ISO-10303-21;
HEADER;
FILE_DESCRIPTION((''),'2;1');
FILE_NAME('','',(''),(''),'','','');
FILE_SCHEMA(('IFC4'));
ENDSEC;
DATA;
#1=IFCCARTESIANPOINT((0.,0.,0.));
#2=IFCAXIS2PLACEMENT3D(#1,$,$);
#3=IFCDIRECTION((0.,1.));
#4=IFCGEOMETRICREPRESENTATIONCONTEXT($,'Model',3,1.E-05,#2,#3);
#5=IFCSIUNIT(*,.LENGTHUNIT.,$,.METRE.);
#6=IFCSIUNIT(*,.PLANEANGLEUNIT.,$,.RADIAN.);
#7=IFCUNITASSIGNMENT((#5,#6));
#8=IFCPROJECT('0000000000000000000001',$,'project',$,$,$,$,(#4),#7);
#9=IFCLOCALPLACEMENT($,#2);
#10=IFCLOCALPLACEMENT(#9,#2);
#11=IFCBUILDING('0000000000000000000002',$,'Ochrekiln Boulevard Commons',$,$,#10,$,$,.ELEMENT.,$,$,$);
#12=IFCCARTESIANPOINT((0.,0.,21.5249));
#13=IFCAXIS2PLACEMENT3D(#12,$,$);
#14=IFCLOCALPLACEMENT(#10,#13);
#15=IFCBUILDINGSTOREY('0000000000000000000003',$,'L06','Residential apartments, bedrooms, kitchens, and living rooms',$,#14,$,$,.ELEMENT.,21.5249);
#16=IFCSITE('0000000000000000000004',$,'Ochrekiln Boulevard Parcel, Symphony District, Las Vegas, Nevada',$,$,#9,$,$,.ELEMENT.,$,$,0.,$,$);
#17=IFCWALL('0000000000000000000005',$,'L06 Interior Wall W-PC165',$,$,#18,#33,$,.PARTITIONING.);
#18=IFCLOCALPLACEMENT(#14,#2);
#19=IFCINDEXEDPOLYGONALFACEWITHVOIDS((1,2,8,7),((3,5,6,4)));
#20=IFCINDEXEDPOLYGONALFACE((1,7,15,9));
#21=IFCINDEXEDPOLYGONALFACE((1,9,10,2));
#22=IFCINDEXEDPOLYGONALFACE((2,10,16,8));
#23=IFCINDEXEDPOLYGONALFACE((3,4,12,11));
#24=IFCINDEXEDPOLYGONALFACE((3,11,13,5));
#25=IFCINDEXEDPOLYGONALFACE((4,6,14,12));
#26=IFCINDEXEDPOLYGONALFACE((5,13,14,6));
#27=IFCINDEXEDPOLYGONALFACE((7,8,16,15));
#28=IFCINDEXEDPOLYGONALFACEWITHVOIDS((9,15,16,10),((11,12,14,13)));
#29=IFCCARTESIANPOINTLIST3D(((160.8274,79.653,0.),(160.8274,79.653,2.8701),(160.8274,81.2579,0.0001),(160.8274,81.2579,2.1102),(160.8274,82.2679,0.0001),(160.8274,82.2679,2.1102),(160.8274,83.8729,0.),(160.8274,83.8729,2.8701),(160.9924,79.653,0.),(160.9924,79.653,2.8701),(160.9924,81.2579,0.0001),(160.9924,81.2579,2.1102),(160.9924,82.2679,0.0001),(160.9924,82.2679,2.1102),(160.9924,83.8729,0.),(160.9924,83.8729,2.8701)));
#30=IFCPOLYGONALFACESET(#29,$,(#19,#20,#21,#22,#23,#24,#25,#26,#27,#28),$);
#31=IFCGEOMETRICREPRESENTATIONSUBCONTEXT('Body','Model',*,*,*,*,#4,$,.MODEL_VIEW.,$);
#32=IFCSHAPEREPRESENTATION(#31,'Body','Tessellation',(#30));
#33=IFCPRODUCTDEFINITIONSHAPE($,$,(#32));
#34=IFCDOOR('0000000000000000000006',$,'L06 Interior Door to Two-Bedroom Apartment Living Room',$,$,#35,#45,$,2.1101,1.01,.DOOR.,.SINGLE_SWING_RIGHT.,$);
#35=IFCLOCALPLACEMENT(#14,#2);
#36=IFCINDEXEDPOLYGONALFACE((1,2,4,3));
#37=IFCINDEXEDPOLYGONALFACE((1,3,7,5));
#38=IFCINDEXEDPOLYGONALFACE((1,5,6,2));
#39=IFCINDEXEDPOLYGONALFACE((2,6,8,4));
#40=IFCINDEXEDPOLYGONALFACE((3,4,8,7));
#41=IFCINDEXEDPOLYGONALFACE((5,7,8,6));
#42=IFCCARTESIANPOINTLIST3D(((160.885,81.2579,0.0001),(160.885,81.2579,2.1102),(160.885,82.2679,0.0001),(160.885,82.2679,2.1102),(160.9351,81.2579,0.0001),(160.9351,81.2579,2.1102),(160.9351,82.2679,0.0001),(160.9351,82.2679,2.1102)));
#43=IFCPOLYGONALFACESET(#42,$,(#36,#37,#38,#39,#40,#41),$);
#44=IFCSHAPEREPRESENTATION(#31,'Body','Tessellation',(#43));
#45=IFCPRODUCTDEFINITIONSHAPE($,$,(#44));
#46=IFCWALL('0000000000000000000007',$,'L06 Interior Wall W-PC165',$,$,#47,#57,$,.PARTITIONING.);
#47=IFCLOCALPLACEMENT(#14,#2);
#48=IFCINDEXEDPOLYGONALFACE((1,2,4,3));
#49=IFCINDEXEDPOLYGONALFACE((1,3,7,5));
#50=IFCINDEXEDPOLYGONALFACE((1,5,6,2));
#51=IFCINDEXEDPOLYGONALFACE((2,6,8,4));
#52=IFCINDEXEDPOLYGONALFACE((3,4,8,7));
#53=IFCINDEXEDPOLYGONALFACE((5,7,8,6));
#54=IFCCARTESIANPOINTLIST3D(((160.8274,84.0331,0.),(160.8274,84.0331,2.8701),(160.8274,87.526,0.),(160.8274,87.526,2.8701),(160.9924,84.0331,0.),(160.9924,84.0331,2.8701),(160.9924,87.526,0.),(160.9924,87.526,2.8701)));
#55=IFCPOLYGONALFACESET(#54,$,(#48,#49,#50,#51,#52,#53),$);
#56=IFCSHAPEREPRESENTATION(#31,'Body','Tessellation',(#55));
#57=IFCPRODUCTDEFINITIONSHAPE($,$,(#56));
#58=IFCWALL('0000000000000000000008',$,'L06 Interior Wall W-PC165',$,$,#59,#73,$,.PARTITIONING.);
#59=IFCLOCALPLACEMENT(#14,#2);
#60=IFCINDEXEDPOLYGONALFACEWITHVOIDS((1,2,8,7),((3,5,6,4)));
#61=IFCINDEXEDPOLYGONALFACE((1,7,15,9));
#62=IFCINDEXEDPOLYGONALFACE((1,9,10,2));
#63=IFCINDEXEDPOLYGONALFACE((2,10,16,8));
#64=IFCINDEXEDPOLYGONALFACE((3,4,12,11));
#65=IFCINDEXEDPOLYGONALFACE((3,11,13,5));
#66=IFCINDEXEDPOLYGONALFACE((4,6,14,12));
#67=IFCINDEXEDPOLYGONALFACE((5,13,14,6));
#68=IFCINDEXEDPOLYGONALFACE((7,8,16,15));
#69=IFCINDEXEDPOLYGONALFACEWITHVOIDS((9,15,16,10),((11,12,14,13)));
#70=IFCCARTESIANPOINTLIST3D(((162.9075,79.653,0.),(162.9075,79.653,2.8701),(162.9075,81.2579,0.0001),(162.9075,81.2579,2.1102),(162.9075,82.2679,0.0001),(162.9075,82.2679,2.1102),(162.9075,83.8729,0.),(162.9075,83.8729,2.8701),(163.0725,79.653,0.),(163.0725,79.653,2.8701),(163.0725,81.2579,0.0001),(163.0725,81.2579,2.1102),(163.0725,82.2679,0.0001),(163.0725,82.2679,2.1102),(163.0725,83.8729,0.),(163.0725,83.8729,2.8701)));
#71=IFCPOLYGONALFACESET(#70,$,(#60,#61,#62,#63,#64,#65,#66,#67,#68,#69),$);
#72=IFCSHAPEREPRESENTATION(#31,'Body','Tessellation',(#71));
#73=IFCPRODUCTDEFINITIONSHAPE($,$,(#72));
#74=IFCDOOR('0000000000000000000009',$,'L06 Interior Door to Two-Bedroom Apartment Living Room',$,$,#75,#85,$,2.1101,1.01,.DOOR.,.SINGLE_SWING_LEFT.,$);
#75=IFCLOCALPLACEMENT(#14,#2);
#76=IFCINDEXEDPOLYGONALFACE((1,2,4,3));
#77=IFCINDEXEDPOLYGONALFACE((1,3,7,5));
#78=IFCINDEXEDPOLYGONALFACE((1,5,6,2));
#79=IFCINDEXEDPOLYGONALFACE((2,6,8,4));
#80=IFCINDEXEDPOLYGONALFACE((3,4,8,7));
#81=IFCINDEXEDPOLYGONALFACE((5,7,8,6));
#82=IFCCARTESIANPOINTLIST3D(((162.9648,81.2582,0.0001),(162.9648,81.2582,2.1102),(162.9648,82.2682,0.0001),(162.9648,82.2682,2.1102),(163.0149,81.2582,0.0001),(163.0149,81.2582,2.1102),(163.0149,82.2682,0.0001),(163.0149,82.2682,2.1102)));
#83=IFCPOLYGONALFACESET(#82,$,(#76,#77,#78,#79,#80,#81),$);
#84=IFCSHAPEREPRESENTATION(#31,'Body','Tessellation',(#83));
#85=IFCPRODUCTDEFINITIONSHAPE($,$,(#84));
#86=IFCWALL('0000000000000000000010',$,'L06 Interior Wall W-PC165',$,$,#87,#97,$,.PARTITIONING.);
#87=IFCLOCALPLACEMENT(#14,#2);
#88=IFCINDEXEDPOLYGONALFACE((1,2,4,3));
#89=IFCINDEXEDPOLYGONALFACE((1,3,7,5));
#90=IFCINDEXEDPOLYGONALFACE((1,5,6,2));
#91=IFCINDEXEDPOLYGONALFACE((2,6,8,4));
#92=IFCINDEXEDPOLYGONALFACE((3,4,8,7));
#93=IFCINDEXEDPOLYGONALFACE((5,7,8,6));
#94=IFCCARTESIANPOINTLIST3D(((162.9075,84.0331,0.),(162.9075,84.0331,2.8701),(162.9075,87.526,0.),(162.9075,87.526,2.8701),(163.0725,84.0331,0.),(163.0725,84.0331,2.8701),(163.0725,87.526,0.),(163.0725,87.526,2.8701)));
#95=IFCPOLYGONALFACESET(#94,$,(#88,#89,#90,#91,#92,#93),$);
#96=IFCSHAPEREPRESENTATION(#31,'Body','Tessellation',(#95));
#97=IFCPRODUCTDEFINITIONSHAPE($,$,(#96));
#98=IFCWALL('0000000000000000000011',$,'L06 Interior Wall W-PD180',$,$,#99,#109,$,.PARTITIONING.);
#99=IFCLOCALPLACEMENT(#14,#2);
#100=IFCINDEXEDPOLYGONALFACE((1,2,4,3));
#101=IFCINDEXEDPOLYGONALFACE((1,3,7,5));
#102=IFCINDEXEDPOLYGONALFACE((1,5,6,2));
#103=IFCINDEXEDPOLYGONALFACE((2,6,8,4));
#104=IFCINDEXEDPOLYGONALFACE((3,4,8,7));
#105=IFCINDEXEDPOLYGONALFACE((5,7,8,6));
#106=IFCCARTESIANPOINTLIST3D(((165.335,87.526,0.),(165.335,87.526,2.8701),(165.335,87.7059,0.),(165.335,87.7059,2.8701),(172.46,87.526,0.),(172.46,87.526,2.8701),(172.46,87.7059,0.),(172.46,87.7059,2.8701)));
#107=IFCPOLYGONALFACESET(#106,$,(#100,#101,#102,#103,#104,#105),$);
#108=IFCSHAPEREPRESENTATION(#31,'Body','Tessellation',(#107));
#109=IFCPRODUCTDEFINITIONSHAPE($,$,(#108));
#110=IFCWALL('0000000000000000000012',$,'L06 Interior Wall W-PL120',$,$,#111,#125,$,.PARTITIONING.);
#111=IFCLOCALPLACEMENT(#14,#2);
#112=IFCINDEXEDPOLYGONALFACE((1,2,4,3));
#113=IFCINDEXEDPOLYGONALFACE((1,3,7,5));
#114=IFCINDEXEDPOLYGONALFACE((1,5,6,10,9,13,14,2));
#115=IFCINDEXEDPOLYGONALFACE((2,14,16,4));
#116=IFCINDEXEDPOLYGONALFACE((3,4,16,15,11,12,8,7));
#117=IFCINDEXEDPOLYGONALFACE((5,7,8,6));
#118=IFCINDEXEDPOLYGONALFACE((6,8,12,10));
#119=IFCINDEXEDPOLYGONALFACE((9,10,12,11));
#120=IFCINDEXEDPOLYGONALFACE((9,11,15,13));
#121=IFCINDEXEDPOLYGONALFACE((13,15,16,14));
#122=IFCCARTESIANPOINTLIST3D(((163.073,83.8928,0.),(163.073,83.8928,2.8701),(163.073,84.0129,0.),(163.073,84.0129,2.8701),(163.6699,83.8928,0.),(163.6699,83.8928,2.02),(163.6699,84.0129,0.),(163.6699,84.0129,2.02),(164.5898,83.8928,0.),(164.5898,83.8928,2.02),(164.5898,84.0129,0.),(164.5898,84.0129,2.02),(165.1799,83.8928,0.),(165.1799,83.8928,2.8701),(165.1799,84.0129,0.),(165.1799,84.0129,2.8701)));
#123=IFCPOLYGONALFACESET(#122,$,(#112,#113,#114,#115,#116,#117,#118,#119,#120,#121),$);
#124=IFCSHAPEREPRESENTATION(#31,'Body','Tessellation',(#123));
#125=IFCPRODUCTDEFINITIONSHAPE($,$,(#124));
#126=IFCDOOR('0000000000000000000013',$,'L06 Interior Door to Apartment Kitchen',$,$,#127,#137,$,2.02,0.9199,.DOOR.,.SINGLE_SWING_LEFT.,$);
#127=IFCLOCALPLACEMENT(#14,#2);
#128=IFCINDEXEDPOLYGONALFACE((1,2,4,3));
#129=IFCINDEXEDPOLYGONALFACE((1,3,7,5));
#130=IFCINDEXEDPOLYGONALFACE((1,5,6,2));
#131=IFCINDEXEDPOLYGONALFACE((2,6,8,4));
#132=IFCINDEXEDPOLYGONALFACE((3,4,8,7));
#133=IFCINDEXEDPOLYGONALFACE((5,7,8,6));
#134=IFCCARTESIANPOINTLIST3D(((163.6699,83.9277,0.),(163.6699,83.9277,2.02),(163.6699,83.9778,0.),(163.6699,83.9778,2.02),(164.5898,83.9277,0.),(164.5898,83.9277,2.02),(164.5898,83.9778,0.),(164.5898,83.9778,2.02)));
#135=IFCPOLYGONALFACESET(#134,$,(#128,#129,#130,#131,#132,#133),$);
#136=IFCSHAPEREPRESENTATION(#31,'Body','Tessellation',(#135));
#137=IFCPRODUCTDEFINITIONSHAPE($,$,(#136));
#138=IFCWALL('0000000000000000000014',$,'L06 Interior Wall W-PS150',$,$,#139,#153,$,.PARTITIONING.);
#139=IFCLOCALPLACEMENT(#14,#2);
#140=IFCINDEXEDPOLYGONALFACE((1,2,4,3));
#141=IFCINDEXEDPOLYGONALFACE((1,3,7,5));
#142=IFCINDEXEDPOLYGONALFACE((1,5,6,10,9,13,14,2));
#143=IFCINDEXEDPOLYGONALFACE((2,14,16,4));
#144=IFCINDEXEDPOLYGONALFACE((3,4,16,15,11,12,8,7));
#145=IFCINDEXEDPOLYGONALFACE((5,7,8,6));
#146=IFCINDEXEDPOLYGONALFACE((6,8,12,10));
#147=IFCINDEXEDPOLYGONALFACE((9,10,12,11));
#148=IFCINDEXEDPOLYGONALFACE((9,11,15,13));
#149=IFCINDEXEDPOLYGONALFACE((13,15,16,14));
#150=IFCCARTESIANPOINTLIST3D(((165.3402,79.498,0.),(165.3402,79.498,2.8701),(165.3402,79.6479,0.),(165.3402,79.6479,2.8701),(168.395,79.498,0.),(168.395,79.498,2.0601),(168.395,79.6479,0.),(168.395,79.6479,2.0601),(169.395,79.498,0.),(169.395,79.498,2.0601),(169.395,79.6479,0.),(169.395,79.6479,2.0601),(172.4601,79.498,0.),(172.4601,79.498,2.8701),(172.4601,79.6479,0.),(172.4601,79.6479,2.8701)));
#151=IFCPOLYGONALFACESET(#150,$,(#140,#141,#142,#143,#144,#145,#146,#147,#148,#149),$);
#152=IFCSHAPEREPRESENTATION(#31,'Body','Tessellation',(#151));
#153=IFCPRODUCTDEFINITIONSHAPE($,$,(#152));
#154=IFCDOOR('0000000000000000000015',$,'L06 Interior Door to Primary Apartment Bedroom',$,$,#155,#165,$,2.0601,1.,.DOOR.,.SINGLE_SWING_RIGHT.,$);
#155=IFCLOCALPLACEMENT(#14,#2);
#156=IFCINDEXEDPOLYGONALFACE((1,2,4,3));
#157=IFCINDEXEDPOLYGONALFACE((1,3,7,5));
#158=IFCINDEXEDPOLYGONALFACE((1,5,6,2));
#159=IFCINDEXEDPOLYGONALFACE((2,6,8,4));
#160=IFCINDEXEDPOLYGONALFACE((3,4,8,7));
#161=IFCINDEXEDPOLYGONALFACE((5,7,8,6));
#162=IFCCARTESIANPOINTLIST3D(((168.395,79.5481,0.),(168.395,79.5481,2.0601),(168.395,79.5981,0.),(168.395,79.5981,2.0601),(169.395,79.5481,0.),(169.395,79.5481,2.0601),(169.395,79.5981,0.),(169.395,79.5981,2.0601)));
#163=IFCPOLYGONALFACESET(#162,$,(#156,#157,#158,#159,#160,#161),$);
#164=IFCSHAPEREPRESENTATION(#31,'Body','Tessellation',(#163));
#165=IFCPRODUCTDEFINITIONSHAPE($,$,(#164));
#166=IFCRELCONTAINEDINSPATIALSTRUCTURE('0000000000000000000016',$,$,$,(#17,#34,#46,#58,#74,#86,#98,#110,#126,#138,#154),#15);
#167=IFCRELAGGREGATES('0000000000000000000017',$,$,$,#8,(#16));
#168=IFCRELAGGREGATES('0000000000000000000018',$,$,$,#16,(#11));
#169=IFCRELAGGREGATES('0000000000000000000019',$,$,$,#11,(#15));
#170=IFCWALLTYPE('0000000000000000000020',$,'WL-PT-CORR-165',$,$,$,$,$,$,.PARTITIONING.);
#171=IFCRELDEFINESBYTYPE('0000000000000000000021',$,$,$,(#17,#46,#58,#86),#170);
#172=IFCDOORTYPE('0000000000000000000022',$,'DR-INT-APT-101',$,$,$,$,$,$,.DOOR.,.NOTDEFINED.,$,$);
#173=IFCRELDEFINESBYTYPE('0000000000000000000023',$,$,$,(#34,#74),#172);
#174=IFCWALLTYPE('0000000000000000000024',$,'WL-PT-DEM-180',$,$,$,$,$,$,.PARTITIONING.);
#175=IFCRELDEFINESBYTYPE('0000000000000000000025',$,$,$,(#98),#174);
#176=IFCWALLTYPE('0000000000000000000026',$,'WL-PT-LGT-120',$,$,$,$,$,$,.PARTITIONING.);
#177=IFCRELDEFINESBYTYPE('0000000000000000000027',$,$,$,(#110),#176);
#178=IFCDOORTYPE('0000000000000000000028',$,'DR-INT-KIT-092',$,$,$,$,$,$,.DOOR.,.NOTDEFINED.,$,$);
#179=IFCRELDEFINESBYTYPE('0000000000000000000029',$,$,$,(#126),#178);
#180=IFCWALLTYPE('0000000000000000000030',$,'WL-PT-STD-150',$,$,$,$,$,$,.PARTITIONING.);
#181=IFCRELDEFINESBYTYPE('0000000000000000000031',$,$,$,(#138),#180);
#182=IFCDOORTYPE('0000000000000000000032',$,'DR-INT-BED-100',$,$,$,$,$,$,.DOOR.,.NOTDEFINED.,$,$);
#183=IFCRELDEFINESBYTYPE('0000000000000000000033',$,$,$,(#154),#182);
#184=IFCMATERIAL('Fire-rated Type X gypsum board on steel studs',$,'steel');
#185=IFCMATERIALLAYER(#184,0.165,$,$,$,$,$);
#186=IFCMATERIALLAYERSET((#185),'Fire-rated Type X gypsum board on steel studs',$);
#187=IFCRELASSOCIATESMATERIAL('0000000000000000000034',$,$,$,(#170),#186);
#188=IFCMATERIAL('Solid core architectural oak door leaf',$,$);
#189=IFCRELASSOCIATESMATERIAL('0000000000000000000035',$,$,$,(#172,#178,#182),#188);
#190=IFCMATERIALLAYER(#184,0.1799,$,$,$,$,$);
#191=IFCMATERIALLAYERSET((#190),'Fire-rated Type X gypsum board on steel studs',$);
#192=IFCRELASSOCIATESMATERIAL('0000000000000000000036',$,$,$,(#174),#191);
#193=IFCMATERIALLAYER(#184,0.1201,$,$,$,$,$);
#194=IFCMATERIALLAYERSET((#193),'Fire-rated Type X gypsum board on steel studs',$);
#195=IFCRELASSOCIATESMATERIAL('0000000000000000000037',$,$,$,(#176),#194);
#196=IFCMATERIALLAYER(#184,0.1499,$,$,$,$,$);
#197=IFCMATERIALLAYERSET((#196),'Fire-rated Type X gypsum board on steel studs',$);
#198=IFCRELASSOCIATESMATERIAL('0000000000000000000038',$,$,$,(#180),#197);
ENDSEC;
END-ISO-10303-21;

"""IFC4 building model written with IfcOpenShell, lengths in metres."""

from ifc_helpers import new_model, si_unit, direction, frame, frame_2d, origin, place, context, subcontext, project, spatial, rectangle, extrude, material, layer, layer_set, type_object, element, fill, save


model = new_model("IFC4")

# Units and contexts
model_context = context("Model", 3, precision=1e-05, world=origin(), true_north=direction((0.0, 1.0)))
body_context = subcontext(model_context, "Body", "Model", "MODEL_VIEW")
ifc_project = project(units=[si_unit("LENGTHUNIT", "METRE"), si_unit("PLANEANGLEUNIT", "RADIAN")], contexts=[model_context])

# Site, building, storey
site_placement = place(None, origin())
site = spatial("IfcSite", under=ifc_project, at=site_placement, Name="Ochrekiln Boulevard Parcel, Symphony District, Las Vegas, Nevada", CompositionType="ELEMENT", RefElevation=0.0)
building_placement = place(site_placement, origin())
building = spatial("IfcBuilding", under=site, at=building_placement, Name="Ochrekiln Boulevard Commons", CompositionType="ELEMENT")
storey_placement = place(building_placement, frame((0.0, 0.0, 21.5249)))
storey = spatial("IfcBuildingStorey", under=building, at=storey_placement, Name="L06", Description="Residential apartments, bedrooms, kitchens, and living rooms", CompositionType="ELEMENT", Elevation=21.5249)

# Shared definitions
ifc_material_1 = material(Name="Solid core architectural oak door leaf")

# Wall, opening, door
ifc_material_2 = material(Name="Fire-rated Type X gypsum board on steel studs", Category="steel")
ifc_layer_1 = layer(ifc_material_2, 0.165)
ifc_layer_set_1 = layer_set([ifc_layer_1], Name="Fire-rated Type X gypsum board on steel studs")
wall_type_1 = type_object("IfcWallType", Name="WL-PT-CORR-165", PredefinedType="PARTITIONING", material=ifc_layer_set_1)
wall_1_placement = place(storey_placement, frame((160.9099, 79.6531, 0.0), z_axis=(0.0, 0.0, 1.0), x_axis=(0.0, 1.0, 0.0)))
wall_1 = element("IfcWall", 1, at=wall_1_placement, inside=storey, type_object=wall_type_1, Name="L06 Interior Wall W-PC165", PredefinedType="PARTITIONING", context=body_context, shape_type="SweptSolid", body=[
    extrude(rectangle(XDim=4.22, YDim=0.165, at=frame_2d((2.1099, 0.0))), origin(), (0.0, 0.0, 1.0), 2.8701),
])
opening_1_placement = place(wall_1_placement, frame((1.605, 0.0, 0.0)))
opening_1 = element("IfcOpeningElement", 2, at=opening_1_placement, cuts=wall_1, PredefinedType="OPENING", context=body_context, shape_type="SweptSolid", body=[
    extrude(rectangle(XDim=1.01, YDim=2.1101, at=frame_2d((0.5049, 1.0552))), frame((0.0, 0.0925, 0.0), z_axis=(0.0, -1.0, 0.0), x_axis=(1.0, 0.0, 0.0)), (0.0, 0.0, 1.0), 0.1851),
])
door_type_1 = type_object("IfcDoorType", Name="DR-INT-APT-101", OperationType="NOTDEFINED", PredefinedType="DOOR", material=ifc_material_1)
door_1_placement = place(opening_1_placement, origin())
door_1 = element("IfcDoor", 3, at=door_1_placement, inside=storey, type_object=door_type_1, Name="L06 Interior Door to Two-Bedroom Apartment Living Room", OperationType="SINGLE_SWING_RIGHT", OverallHeight=2.1101, OverallWidth=1.01, PredefinedType="DOOR", context=body_context, shape_type="SweptSolid", body=[
    extrude(rectangle(XDim=1.01, YDim=2.1101, at=frame_2d((0.5049, 1.0552))), frame((0.0, 0.0249, 0.0), z_axis=(0.0, -1.0, 0.0), x_axis=(1.0, 0.0, 0.0)), (0.0, 0.0, 1.0), 0.05),
])
fill(opening_1, door_1)

# Wall
wall_2_placement = place(storey_placement, frame((160.9099, 84.033, 0.0), z_axis=(0.0, 0.0, 1.0), x_axis=(0.0, 1.0, 0.0)))
element("IfcWall", 4, at=wall_2_placement, inside=storey, type_object=wall_type_1, Name="L06 Interior Wall W-PC165", PredefinedType="PARTITIONING", context=body_context, shape_type="SweptSolid", body=[
    extrude(rectangle(XDim=3.4929, YDim=0.165, at=frame_2d((1.7466, 0.0))), origin(), (0.0, 0.0, 1.0), 2.8701),
])

# Wall, opening, door
wall_3_placement = place(storey_placement, frame((162.99, 79.6531, 0.0), z_axis=(0.0, 0.0, 1.0), x_axis=(0.0, 1.0, 0.0)))
wall_3 = element("IfcWall", 5, at=wall_3_placement, inside=storey, type_object=wall_type_1, Name="L06 Interior Wall W-PC165", PredefinedType="PARTITIONING", context=body_context, shape_type="SweptSolid", body=[
    extrude(rectangle(XDim=4.22, YDim=0.165, at=frame_2d((2.1099, 0.0))), origin(), (0.0, 0.0, 1.0), 2.8701),
])
opening_2_placement = place(wall_3_placement, frame((1.605, 0.0, 0.0)))
opening_2 = element("IfcOpeningElement", 6, at=opening_2_placement, cuts=wall_3, PredefinedType="OPENING", context=body_context, shape_type="SweptSolid", body=[
    extrude(rectangle(XDim=1.01, YDim=2.1101, at=frame_2d((0.5049, 1.0552))), frame((0.0, 0.0925, 0.0), z_axis=(0.0, -1.0, 0.0), x_axis=(1.0, 0.0, 0.0)), (0.0, 0.0, 1.0), 0.1851),
])
door_2_placement = place(opening_2_placement, frame((1.01, 0.0, 0.0), z_axis=(0.0, 0.0, 1.0), x_axis=(-1.0, 0.0, 0.0)))
door_2 = element("IfcDoor", 7, at=door_2_placement, inside=storey, type_object=door_type_1, Name="L06 Interior Door to Two-Bedroom Apartment Living Room", OperationType="SINGLE_SWING_LEFT", OverallHeight=2.1101, OverallWidth=1.01, PredefinedType="DOOR", context=body_context, shape_type="SweptSolid", body=[
    extrude(rectangle(XDim=1.01, YDim=2.1101, at=frame_2d((0.5049, 1.0552))), frame((0.0, 0.0249, 0.0), z_axis=(0.0, -1.0, 0.0), x_axis=(1.0, 0.0, 0.0)), (0.0, 0.0, 1.0), 0.05),
])
fill(opening_2, door_2)

# Walls
wall_4_placement = place(storey_placement, frame((162.99, 84.033, 0.0), z_axis=(0.0, 0.0, 1.0), x_axis=(0.0, 1.0, 0.0)))
element("IfcWall", 8, at=wall_4_placement, inside=storey, type_object=wall_type_1, Name="L06 Interior Wall W-PC165", PredefinedType="PARTITIONING", context=body_context, shape_type="SweptSolid", body=[
    extrude(rectangle(XDim=3.4929, YDim=0.165, at=frame_2d((1.7466, 0.0))), origin(), (0.0, 0.0, 1.0), 2.8701),
])
ifc_layer_2 = layer(ifc_material_2, 0.1799)
ifc_layer_set_2 = layer_set([ifc_layer_2], Name="Fire-rated Type X gypsum board on steel studs")
wall_type_2 = type_object("IfcWallType", Name="WL-PT-DEM-180", PredefinedType="PARTITIONING", material=ifc_layer_set_2)
wall_5_placement = place(storey_placement, frame((165.335, 87.616, 0.0), z_axis=(0.0, 0.0, 1.0), x_axis=(1.0, 0.0, 0.0)))
element("IfcWall", 9, at=wall_5_placement, inside=storey, type_object=wall_type_2, Name="L06 Interior Wall W-PD180", PredefinedType="PARTITIONING", context=body_context, shape_type="SweptSolid", body=[
    extrude(rectangle(XDim=7.125, YDim=0.1799, at=frame_2d((3.5625, 0.0))), origin(), (0.0, 0.0, 1.0), 2.8701),
])

# Walls, openings, doors
ifc_layer_3 = layer(ifc_material_2, 0.1201)
ifc_layer_set_3 = layer_set([ifc_layer_3], Name="Fire-rated Type X gypsum board on steel studs")
wall_type_3 = type_object("IfcWallType", Name="WL-PT-LGT-120", PredefinedType="PARTITIONING", material=ifc_layer_set_3)
wall_6_placement = place(storey_placement, frame((163.073, 83.9529, 0.0), z_axis=(0.0, 0.0, 1.0), x_axis=(1.0, 0.0, 0.0)))
wall_6 = element("IfcWall", 10, at=wall_6_placement, inside=storey, type_object=wall_type_3, Name="L06 Interior Wall W-PL120", PredefinedType="PARTITIONING", context=body_context, shape_type="SweptSolid", body=[
    extrude(rectangle(XDim=2.1069, YDim=0.1201, at=frame_2d((1.0535, 0.0))), origin(), (0.0, 0.0, 1.0), 2.8701),
])
opening_3_placement = place(wall_6_placement, frame((0.5969, 0.0, 0.0)))
opening_3 = element("IfcOpeningElement", 11, at=opening_3_placement, cuts=wall_6, PredefinedType="OPENING", context=body_context, shape_type="SweptSolid", body=[
    extrude(rectangle(XDim=0.9199, YDim=2.02, at=frame_2d((0.46, 1.01))), frame((0.0, 0.0701, 0.0), z_axis=(0.0, -1.0, 0.0), x_axis=(1.0, 0.0, 0.0)), (0.0, 0.0, 1.0), 0.1401),
])
door_type_2 = type_object("IfcDoorType", Name="DR-INT-KIT-092", OperationType="NOTDEFINED", PredefinedType="DOOR", material=ifc_material_1)
door_3_placement = place(opening_3_placement, origin())
door_3 = element("IfcDoor", 12, at=door_3_placement, inside=storey, type_object=door_type_2, Name="L06 Interior Door to Apartment Kitchen", OperationType="SINGLE_SWING_LEFT", OverallHeight=2.02, OverallWidth=0.9199, PredefinedType="DOOR", context=body_context, shape_type="SweptSolid", body=[
    extrude(rectangle(XDim=0.9199, YDim=2.02, at=frame_2d((0.46, 1.01))), frame((0.0, 0.0249, 0.0), z_axis=(0.0, -1.0, 0.0), x_axis=(1.0, 0.0, 0.0)), (0.0, 0.0, 1.0), 0.05),
])
fill(opening_3, door_3)
ifc_layer_4 = layer(ifc_material_2, 0.1499)
ifc_layer_set_4 = layer_set([ifc_layer_4], Name="Fire-rated Type X gypsum board on steel studs")
wall_type_4 = type_object("IfcWallType", Name="WL-PT-STD-150", PredefinedType="PARTITIONING", material=ifc_layer_set_4)
wall_7_placement = place(storey_placement, frame((165.3401, 79.573, 0.0), z_axis=(0.0, 0.0, 1.0), x_axis=(1.0, 0.0, 0.0)))
wall_7 = element("IfcWall", 13, at=wall_7_placement, inside=storey, type_object=wall_type_4, Name="L06 Interior Wall W-PS150", PredefinedType="PARTITIONING", context=body_context, shape_type="SweptSolid", body=[
    extrude(rectangle(XDim=7.1199, YDim=0.1499, at=frame_2d((3.5601, 0.0))), origin(), (0.0, 0.0, 1.0), 2.8701),
])
opening_4_placement = place(wall_7_placement, frame((3.0549, 0.0, 0.0)))
opening_4 = element("IfcOpeningElement", 14, at=opening_4_placement, cuts=wall_7, PredefinedType="OPENING", context=body_context, shape_type="SweptSolid", body=[
    extrude(rectangle(XDim=1.0, YDim=2.0601, at=frame_2d((0.5, 1.03))), frame((0.0, 0.085, 0.0), z_axis=(0.0, -1.0, 0.0), x_axis=(1.0, 0.0, 0.0)), (0.0, 0.0, 1.0), 0.1699),
])
door_type_3 = type_object("IfcDoorType", Name="DR-INT-BED-100", OperationType="NOTDEFINED", PredefinedType="DOOR", material=ifc_material_1)
door_4_placement = place(opening_4_placement, frame((1.0, 0.0, 0.0), z_axis=(0.0, 0.0, 1.0), x_axis=(-1.0, 0.0, 0.0)))
door_4 = element("IfcDoor", 15, at=door_4_placement, inside=storey, type_object=door_type_3, Name="L06 Interior Door to Primary Apartment Bedroom", OperationType="SINGLE_SWING_RIGHT", OverallHeight=2.0601, OverallWidth=1.0, PredefinedType="DOOR", context=body_context, shape_type="SweptSolid", body=[
    extrude(rectangle(XDim=1.0, YDim=2.0601, at=frame_2d((0.5, 1.03))), frame((0.0, 0.0249, 0.0), z_axis=(0.0, -1.0, 0.0), x_axis=(1.0, 0.0, 0.0)), (0.0, 0.0, 1.0), 0.05),
])
fill(opening_4, door_4)

save(model, "model.ifc")
